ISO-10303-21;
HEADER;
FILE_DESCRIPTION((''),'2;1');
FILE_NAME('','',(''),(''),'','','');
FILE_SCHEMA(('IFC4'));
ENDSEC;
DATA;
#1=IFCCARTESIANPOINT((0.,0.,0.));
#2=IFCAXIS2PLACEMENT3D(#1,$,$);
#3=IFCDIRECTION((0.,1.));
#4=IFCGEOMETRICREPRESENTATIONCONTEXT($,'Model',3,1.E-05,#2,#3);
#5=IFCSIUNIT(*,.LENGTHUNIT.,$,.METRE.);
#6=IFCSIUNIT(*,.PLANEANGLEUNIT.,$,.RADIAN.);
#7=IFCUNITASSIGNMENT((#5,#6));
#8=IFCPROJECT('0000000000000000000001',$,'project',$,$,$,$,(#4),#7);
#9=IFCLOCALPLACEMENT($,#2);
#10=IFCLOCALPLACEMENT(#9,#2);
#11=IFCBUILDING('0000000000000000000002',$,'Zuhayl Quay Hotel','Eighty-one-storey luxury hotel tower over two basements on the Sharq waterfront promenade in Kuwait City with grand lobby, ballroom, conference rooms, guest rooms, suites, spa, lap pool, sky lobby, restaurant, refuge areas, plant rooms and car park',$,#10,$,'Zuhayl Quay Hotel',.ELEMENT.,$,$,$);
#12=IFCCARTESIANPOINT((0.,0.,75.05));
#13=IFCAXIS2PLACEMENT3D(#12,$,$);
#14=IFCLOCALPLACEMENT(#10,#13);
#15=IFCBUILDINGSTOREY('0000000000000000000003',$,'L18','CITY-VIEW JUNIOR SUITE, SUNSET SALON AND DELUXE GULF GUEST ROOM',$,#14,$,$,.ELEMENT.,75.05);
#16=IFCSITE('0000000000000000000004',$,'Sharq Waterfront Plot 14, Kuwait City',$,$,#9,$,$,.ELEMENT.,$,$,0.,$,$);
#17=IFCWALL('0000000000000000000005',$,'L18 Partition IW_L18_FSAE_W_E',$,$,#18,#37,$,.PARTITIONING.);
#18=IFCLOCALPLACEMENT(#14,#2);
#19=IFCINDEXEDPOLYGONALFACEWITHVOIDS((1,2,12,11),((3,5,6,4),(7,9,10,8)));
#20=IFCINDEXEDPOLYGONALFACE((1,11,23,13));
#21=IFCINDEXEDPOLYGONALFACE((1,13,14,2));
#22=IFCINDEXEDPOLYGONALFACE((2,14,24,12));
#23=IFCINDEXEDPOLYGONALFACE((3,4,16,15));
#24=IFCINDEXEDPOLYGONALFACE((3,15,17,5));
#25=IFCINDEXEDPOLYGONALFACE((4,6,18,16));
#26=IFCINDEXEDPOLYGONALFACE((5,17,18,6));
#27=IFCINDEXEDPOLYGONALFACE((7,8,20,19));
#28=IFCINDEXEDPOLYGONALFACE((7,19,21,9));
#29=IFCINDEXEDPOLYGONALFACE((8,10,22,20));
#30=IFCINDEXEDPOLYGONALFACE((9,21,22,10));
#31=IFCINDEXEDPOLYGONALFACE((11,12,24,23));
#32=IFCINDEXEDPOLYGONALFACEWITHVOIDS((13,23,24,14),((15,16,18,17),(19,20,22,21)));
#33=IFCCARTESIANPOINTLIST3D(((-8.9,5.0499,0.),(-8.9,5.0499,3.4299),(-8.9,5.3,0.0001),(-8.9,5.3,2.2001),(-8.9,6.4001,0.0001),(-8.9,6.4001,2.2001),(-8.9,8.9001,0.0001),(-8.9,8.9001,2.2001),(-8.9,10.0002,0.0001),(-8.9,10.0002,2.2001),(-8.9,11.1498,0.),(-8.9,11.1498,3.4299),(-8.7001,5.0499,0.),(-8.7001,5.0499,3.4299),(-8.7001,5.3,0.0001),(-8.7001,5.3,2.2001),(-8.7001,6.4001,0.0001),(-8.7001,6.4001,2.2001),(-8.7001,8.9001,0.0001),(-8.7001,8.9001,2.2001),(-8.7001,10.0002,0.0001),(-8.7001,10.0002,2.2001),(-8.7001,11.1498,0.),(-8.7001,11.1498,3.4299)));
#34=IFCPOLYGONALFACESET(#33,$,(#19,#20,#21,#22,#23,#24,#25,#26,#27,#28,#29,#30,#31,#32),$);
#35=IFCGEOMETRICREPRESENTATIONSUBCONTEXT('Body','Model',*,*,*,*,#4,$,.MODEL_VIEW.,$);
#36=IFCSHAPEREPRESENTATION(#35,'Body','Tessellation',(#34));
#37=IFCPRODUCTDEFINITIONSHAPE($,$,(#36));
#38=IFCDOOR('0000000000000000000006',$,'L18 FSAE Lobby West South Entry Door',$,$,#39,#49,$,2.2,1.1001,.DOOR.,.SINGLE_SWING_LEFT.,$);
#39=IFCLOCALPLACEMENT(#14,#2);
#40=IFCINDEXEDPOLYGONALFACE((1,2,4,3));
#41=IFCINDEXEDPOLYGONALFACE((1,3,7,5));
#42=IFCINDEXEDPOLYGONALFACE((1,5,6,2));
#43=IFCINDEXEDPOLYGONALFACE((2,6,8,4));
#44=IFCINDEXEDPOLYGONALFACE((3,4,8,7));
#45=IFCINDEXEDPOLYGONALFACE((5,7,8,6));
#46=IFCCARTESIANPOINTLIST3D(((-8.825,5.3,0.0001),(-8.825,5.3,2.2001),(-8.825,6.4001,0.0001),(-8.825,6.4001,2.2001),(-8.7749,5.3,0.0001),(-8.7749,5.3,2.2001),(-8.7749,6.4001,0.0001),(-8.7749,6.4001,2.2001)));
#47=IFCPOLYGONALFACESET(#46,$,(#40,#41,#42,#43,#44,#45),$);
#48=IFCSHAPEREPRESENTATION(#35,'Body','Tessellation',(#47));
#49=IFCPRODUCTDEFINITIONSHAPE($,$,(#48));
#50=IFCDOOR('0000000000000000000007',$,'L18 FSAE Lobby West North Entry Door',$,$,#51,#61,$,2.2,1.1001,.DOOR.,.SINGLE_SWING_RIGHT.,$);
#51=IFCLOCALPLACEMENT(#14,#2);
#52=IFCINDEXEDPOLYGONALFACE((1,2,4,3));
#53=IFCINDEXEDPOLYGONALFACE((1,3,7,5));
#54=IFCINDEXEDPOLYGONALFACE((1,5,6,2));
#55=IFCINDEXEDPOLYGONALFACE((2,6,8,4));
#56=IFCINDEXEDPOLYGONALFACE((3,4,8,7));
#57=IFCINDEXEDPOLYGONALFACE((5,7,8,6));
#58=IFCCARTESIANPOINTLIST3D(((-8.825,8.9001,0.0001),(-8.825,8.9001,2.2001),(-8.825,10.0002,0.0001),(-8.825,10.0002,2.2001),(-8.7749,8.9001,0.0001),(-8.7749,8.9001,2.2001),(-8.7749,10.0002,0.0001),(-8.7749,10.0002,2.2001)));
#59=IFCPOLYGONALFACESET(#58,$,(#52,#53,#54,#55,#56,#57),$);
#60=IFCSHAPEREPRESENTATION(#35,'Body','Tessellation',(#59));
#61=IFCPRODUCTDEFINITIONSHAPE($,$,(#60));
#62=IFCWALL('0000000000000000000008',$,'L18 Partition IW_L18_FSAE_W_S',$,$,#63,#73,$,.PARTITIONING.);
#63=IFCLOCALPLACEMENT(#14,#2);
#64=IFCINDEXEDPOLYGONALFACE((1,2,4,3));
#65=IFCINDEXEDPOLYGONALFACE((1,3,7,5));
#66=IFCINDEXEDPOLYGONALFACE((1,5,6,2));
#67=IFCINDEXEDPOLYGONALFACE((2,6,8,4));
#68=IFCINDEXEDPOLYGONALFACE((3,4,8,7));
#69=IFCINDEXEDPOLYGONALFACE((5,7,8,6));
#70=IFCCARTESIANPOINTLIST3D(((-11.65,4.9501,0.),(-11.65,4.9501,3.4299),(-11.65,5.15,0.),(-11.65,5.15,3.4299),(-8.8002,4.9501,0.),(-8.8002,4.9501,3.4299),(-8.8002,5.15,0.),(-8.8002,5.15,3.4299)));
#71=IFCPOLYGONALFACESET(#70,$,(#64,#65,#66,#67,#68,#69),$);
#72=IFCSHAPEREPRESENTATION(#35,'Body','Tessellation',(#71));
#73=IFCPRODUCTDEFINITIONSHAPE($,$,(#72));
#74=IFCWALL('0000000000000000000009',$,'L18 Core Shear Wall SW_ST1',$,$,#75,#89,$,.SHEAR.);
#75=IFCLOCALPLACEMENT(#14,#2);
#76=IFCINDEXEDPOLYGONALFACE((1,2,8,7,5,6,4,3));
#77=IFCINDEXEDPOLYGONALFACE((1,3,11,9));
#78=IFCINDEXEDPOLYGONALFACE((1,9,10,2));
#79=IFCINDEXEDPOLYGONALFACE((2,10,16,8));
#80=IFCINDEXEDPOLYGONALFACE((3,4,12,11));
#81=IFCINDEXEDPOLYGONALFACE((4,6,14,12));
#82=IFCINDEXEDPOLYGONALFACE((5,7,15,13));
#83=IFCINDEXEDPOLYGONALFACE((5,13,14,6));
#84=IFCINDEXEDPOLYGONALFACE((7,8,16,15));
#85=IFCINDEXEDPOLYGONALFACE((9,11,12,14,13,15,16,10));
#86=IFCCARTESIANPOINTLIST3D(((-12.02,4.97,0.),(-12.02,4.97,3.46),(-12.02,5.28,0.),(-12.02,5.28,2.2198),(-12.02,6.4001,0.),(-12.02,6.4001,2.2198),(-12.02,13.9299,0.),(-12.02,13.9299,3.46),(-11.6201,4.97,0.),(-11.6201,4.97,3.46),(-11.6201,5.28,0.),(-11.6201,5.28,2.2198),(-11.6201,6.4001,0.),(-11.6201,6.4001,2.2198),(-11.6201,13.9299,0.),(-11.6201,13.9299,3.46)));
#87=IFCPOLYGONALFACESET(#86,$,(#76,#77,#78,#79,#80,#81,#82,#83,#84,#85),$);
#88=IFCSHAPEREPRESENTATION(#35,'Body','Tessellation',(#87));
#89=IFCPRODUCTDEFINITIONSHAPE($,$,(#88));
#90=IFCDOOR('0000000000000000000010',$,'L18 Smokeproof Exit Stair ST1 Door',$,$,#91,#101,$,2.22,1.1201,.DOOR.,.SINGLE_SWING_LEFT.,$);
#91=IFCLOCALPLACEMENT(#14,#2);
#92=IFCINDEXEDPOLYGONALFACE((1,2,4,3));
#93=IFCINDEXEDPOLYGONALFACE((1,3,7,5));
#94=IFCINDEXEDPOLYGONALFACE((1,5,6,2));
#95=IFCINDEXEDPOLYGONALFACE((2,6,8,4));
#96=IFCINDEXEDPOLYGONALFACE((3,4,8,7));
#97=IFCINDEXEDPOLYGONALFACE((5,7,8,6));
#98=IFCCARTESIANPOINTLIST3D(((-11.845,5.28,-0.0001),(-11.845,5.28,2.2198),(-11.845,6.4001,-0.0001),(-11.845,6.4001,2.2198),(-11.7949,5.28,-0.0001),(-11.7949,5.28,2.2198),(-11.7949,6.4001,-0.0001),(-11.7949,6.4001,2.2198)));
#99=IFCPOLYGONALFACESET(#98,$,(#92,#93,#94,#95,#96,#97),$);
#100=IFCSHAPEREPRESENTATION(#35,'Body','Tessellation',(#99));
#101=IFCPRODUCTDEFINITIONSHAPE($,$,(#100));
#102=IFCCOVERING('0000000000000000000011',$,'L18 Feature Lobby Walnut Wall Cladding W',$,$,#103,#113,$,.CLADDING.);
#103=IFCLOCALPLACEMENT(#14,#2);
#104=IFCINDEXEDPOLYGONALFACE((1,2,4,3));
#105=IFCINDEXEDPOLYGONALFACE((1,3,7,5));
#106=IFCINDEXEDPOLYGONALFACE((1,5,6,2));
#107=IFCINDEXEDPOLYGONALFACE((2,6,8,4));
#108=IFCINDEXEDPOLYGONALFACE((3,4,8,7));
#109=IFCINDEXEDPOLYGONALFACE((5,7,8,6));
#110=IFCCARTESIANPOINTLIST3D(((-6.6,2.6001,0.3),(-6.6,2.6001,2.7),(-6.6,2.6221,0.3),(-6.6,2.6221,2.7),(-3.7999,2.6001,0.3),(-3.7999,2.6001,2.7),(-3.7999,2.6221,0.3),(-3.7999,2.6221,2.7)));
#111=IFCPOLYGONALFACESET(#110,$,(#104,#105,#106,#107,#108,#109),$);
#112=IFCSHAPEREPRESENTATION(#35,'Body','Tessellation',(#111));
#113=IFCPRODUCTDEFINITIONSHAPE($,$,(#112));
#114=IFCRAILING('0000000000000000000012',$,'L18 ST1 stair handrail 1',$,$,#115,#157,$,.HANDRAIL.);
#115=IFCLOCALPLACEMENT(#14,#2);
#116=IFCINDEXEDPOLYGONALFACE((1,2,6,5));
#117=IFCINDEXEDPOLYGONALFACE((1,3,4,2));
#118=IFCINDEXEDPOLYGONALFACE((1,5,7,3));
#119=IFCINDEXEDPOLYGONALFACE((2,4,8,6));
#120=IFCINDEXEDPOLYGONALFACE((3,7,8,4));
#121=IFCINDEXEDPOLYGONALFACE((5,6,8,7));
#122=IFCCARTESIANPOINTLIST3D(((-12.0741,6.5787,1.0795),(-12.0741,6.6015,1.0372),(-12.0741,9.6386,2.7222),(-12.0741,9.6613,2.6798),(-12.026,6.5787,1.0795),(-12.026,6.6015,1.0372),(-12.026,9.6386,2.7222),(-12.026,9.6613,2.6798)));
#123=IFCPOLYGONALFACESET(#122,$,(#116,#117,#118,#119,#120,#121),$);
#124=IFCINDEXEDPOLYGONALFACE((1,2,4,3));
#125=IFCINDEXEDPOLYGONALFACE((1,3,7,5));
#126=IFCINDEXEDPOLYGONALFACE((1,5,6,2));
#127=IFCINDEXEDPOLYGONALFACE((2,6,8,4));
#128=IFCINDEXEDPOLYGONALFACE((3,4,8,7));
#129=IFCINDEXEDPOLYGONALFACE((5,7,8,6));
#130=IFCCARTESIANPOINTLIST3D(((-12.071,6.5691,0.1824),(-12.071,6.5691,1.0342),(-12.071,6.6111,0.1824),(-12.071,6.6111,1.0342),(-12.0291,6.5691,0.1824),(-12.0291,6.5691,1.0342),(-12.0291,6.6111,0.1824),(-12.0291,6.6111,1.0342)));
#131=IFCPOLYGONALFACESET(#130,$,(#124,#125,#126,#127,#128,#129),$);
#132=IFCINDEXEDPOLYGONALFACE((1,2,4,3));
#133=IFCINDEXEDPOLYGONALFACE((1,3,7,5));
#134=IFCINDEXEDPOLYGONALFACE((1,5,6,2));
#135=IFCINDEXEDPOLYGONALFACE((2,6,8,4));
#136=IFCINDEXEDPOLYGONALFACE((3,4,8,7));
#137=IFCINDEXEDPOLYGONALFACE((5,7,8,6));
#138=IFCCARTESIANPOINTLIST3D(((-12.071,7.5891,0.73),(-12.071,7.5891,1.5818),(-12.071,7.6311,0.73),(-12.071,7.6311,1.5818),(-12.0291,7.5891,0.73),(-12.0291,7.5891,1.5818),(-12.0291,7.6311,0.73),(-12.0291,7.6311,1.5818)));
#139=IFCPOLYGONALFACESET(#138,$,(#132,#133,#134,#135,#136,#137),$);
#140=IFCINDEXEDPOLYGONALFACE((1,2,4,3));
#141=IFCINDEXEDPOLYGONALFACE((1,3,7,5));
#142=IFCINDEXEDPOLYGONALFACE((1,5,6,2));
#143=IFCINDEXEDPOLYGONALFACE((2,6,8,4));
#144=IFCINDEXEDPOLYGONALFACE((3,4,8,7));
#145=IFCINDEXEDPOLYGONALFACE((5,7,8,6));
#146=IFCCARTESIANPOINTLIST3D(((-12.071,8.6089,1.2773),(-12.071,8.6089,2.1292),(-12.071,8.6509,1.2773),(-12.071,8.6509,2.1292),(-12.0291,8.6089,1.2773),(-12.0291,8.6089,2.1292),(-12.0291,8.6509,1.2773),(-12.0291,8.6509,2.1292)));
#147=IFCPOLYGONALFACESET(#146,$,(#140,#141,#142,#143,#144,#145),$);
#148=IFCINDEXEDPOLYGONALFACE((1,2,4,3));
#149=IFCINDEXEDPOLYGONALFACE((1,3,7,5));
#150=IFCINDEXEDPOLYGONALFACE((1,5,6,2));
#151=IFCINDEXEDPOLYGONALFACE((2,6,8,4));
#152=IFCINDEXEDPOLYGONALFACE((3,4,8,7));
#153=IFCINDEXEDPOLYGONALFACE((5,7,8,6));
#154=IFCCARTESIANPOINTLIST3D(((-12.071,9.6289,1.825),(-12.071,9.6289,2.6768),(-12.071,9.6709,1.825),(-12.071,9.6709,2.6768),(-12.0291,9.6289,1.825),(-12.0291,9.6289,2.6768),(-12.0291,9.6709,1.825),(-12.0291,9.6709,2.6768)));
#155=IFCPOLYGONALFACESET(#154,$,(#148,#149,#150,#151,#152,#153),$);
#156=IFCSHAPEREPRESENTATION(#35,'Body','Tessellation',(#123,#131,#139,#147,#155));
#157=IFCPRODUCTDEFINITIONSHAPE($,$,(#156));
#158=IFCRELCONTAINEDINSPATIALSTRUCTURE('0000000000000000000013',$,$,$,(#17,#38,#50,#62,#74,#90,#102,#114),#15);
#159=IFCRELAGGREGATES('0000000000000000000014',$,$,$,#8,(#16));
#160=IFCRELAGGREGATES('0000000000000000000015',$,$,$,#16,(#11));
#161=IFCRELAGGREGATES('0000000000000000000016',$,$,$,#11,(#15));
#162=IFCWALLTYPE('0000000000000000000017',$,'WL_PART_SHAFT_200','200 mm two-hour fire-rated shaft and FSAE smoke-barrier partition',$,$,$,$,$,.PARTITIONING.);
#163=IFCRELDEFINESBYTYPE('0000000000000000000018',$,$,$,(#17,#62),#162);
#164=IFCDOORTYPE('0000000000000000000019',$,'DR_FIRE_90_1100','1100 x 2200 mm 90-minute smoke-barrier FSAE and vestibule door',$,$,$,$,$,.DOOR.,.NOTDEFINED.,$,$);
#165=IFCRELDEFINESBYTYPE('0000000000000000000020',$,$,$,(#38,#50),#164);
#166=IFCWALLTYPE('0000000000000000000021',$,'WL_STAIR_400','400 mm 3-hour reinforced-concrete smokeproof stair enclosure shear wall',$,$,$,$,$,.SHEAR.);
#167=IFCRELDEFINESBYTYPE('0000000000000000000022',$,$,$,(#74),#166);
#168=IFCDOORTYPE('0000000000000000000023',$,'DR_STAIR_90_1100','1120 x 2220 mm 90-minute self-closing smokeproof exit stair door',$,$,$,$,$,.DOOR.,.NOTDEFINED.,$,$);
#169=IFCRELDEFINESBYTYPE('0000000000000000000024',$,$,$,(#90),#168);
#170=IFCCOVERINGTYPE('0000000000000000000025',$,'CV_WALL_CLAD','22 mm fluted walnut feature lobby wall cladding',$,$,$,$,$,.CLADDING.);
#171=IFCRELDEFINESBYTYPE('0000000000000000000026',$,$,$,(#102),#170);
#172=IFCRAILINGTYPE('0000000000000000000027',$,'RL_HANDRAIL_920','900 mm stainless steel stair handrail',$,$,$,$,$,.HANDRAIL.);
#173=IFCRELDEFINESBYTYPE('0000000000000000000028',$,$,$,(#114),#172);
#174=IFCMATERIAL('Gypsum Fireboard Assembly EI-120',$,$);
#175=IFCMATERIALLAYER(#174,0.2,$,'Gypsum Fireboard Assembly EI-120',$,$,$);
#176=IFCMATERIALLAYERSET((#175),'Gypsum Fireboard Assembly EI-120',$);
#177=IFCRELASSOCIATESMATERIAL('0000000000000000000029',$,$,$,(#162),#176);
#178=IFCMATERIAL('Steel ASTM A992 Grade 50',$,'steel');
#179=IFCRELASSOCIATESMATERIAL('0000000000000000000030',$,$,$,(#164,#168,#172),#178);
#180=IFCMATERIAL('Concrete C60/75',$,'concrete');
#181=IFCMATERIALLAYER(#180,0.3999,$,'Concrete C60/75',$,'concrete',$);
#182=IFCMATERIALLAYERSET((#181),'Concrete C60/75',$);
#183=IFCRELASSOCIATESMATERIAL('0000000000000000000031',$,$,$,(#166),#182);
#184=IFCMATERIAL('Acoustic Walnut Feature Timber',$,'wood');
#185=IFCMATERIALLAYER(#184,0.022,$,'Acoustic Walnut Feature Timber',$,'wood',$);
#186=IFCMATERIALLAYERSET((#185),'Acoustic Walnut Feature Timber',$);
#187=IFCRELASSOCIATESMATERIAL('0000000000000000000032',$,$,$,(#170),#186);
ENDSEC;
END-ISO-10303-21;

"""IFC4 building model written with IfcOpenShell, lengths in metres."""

from ifc_helpers import new_model, si_unit, direction, frame, frame_2d, origin, origin_2d, place, context, subcontext, project, spatial, rectangle, extrude, material, layer, layer_set, type_object, element, fill, save


model = new_model("IFC4")

# Units and contexts
model_context = context("Model", 3, precision=1e-05, world=origin(), true_north=direction((0.0, 1.0)))
body_context = subcontext(model_context, "Body", "Model", "MODEL_VIEW")
ifc_project = project(units=[si_unit("LENGTHUNIT", "METRE"), si_unit("PLANEANGLEUNIT", "RADIAN")], contexts=[model_context])

# Site, building, storey
site_placement = place(None, origin())
site = spatial("IfcSite", under=ifc_project, at=site_placement, Name="Sharq Waterfront Plot 14, Kuwait City", CompositionType="ELEMENT", RefElevation=0.0)
building_placement = place(site_placement, origin())
building = spatial("IfcBuilding", under=site, at=building_placement, Name="Zuhayl Quay Hotel", Description="Eighty-one-storey luxury hotel tower over two basements on the Sharq waterfront promenade in Kuwait City with grand lobby, ballroom, conference rooms, guest rooms, suites, spa, lap pool, sky lobby, restaurant, refuge areas, plant rooms and car park", LongName="Zuhayl Quay Hotel", CompositionType="ELEMENT")
storey_placement = place(building_placement, frame((0.0, 0.0, 75.05)))
storey = spatial("IfcBuildingStorey", under=building, at=storey_placement, Name="L18", Description="CITY-VIEW JUNIOR SUITE, SUNSET SALON AND DELUXE GULF GUEST ROOM", CompositionType="ELEMENT", Elevation=75.05)

# Shared definitions
ifc_material_1 = material(Name="Steel ASTM A992 Grade 50", Category="steel")

# Wall, openings, doors
ifc_material_2 = material(Name="Gypsum Fireboard Assembly EI-120")
ifc_layer_1 = layer(ifc_material_2, 0.2, Name="Gypsum Fireboard Assembly EI-120")
ifc_layer_set_1 = layer_set([ifc_layer_1], Name="Gypsum Fireboard Assembly EI-120")
wall_type_1 = type_object("IfcWallType", Name="WL_PART_SHAFT_200", Description="200 mm two-hour fire-rated shaft and FSAE smoke-barrier partition", PredefinedType="PARTITIONING", material=ifc_layer_set_1)
wall_1_placement = place(storey_placement, frame((-8.8, 5.05, 0.0), z_axis=(0.0, 0.0, 1.0), x_axis=(0.0, 1.0, 0.0)))
wall_1 = element("IfcWall", 1, at=wall_1_placement, inside=storey, type_object=wall_type_1, Name="L18 Partition IW_L18_FSAE_W_E", PredefinedType="PARTITIONING", context=body_context, shape_type="SweptSolid", body=[
    extrude(rectangle(XDim=6.0999, YDim=0.2, at=frame_2d((3.0498, 0.0))), origin(), (0.0, 0.0, 1.0), 3.4299),
])
opening_1_placement = place(wall_1_placement, frame((0.25, 0.0, 0.0)))
opening_1 = element("IfcOpeningElement", 2, at=opening_1_placement, cuts=wall_1, PredefinedType="OPENING", context=body_context, shape_type="SweptSolid", body=[
    extrude(rectangle(XDim=1.1001, YDim=2.2, at=frame_2d((0.55, 1.1001))), frame((0.0, 0.1099, 0.0), z_axis=(0.0, -1.0, 0.0), x_axis=(1.0, 0.0, 0.0)), (0.0, 0.0, 1.0), 0.22),
])
opening_2_placement = place(wall_1_placement, frame((3.8501, 0.0, 0.0)))
opening_2 = element("IfcOpeningElement", 3, at=opening_2_placement, cuts=wall_1, PredefinedType="OPENING", context=body_context, shape_type="SweptSolid", body=[
    extrude(rectangle(XDim=1.1001, YDim=2.2, at=frame_2d((0.55, 1.1001))), frame((0.0, 0.1099, 0.0), z_axis=(0.0, -1.0, 0.0), x_axis=(1.0, 0.0, 0.0)), (0.0, 0.0, 1.0), 0.22),
])
door_type_1 = type_object("IfcDoorType", Name="DR_FIRE_90_1100", Description="1100 x 2200 mm 90-minute smoke-barrier FSAE and vestibule door", OperationType="NOTDEFINED", PredefinedType="DOOR", material=ifc_material_1)
door_1_placement = place(opening_1_placement, origin())
door_1 = element("IfcDoor", 4, at=door_1_placement, inside=storey, type_object=door_type_1, Name="L18 FSAE Lobby West South Entry Door", OperationType="SINGLE_SWING_LEFT", OverallHeight=2.2, OverallWidth=1.1001, PredefinedType="DOOR", context=body_context, shape_type="SweptSolid", body=[
    extrude(rectangle(XDim=1.1001, YDim=2.2, at=frame_2d((0.55, 1.1001))), frame((0.0, 0.0249, 0.0), z_axis=(0.0, -1.0, 0.0), x_axis=(1.0, 0.0, 0.0)), (0.0, 0.0, 1.0), 0.05),
])
fill(opening_1, door_1)
door_2_placement = place(opening_2_placement, origin())
door_2 = element("IfcDoor", 5, at=door_2_placement, inside=storey, type_object=door_type_1, Name="L18 FSAE Lobby West North Entry Door", OperationType="SINGLE_SWING_RIGHT", OverallHeight=2.2, OverallWidth=1.1001, PredefinedType="DOOR", context=body_context, shape_type="SweptSolid", body=[
    extrude(rectangle(XDim=1.1001, YDim=2.2, at=frame_2d((0.55, 1.1001))), frame((0.0, 0.0249, 0.0), z_axis=(0.0, -1.0, 0.0), x_axis=(1.0, 0.0, 0.0)), (0.0, 0.0, 1.0), 0.05),
])
fill(opening_2, door_2)

# Wall
wall_2_placement = place(storey_placement, frame((-11.6499, 5.05, 0.0), z_axis=(0.0, 0.0, 1.0), x_axis=(1.0, 0.0, 0.0)))
element("IfcWall", 6, at=wall_2_placement, inside=storey, type_object=wall_type_1, Name="L18 Partition IW_L18_FSAE_W_S", PredefinedType="PARTITIONING", context=body_context, shape_type="SweptSolid", body=[
    extrude(rectangle(XDim=2.8499, YDim=0.2, at=frame_2d((1.4248, 0.0))), origin(), (0.0, 0.0, 1.0), 3.4299),
])

# Wall, opening, door
ifc_material_3 = material(Name="Concrete C60/75", Category="concrete")
ifc_layer_2 = layer(ifc_material_3, 0.3999, Name="Concrete C60/75", Category="concrete")
ifc_layer_set_2 = layer_set([ifc_layer_2], Name="Concrete C60/75")
wall_type_2 = type_object("IfcWallType", Name="WL_STAIR_400", Description="400 mm 3-hour reinforced-concrete smokeproof stair enclosure shear wall", PredefinedType="SHEAR", material=ifc_layer_set_2)
wall_3_placement = place(storey_placement, frame((-11.8201, 4.97, 0.0), z_axis=(0.0, 0.0, 1.0), x_axis=(0.0, 1.0, 0.0)))
wall_3 = element("IfcWall", 7, at=wall_3_placement, inside=storey, type_object=wall_type_2, Name="L18 Core Shear Wall SW_ST1", PredefinedType="SHEAR", context=body_context, shape_type="SweptSolid", body=[
    extrude(rectangle(XDim=8.96, YDim=0.3999, at=frame_2d((4.48, 0.0))), origin(), (0.0, 0.0, 1.0), 3.46),
])
opening_3_placement = place(wall_3_placement, frame((0.3101, 0.0, 0.0)))
opening_3 = element("IfcOpeningElement", 8, at=opening_3_placement, cuts=wall_3, PredefinedType="OPENING", context=body_context, shape_type="SweptSolid", body=[
    extrude(rectangle(XDim=1.1201, YDim=2.22, at=frame_2d((0.5601, 1.1099))), frame((0.0, 0.21, 0.0), z_axis=(0.0, -1.0, 0.0), x_axis=(1.0, 0.0, 0.0)), (0.0, 0.0, 1.0), 0.4199),
])
door_type_2 = type_object("IfcDoorType", Name="DR_STAIR_90_1100", Description="1120 x 2220 mm 90-minute self-closing smokeproof exit stair door", OperationType="NOTDEFINED", PredefinedType="DOOR", material=ifc_material_1)
door_3_placement = place(opening_3_placement, origin())
door_3 = element("IfcDoor", 9, at=door_3_placement, inside=storey, type_object=door_type_2, Name="L18 Smokeproof Exit Stair ST1 Door", OperationType="SINGLE_SWING_LEFT", OverallHeight=2.22, OverallWidth=1.1201, PredefinedType="DOOR", context=body_context, shape_type="SweptSolid", body=[
    extrude(rectangle(XDim=1.1201, YDim=2.22, at=frame_2d((0.5601, 1.1099))), frame((0.0, 0.0249, 0.0), z_axis=(0.0, -1.0, 0.0), x_axis=(1.0, 0.0, 0.0)), (0.0, 0.0, 1.0), 0.05),
])
fill(opening_3, door_3)

# Covering
ifc_material_4 = material(Name="Acoustic Walnut Feature Timber", Category="wood")
ifc_layer_3 = layer(ifc_material_4, 0.022, Name="Acoustic Walnut Feature Timber", Category="wood")
ifc_layer_set_3 = layer_set([ifc_layer_3], Name="Acoustic Walnut Feature Timber")
covering_type = type_object("IfcCoveringType", Name="CV_WALL_CLAD", Description="22 mm fluted walnut feature lobby wall cladding", PredefinedType="CLADDING", material=ifc_layer_set_3)
covering_placement = place(storey_placement, frame((-5.2, 2.6111, 0.3), z_axis=(0.0, 0.0, 1.0), x_axis=(1.0, 0.0, 0.0)))
element("IfcCovering", 10, at=covering_placement, inside=storey, type_object=covering_type, Name="L18 Feature Lobby Walnut Wall Cladding W", PredefinedType="CLADDING", context=body_context, shape_type="SweptSolid", body=[
    extrude(rectangle(XDim=2.8, YDim=0.022, at=origin_2d()), origin(), (0.0, 0.0, 1.0), 2.3999),
])

# Railing
railing_type = type_object("IfcRailingType", Name="RL_HANDRAIL_920", Description="900 mm stainless steel stair handrail", PredefinedType="HANDRAIL", material=ifc_material_1)
railing_placement = place(storey_placement, frame((-12.05, 6.5901, 0.1824)))
element("IfcRailing", 11, at=railing_placement, inside=storey, type_object=railing_type, Name="L18 ST1 stair handrail 1", PredefinedType="HANDRAIL", context=body_context, shape_type="SweptSolid", body=[
    extrude(rectangle(XDim=0.0481, YDim=0.0481, at=origin_2d()), frame((0.0, 0.0, 0.876), z_axis=(0.0, 0.881073, 0.47298), x_axis=(-1.0, 0.0, 0.0)), (0.0, 0.0, 1.0), 3.4729),
    extrude(rectangle(XDim=0.042, YDim=0.042, at=origin_2d()), origin(), (0.0, 0.0, 1.0), 0.8518),
    extrude(rectangle(XDim=0.042, YDim=0.042, at=origin_2d()), frame((0.0, 1.02, 0.5476)), (0.0, 0.0, 1.0), 0.8518),
    extrude(rectangle(XDim=0.042, YDim=0.042, at=origin_2d()), frame((0.0, 2.0398, 1.095)), (0.0, 0.0, 1.0), 0.8518),
    extrude(rectangle(XDim=0.042, YDim=0.042, at=origin_2d()), frame((0.0, 3.0598, 1.6426)), (0.0, 0.0, 1.0), 0.8518),
])

save(model, "model.ifc")
